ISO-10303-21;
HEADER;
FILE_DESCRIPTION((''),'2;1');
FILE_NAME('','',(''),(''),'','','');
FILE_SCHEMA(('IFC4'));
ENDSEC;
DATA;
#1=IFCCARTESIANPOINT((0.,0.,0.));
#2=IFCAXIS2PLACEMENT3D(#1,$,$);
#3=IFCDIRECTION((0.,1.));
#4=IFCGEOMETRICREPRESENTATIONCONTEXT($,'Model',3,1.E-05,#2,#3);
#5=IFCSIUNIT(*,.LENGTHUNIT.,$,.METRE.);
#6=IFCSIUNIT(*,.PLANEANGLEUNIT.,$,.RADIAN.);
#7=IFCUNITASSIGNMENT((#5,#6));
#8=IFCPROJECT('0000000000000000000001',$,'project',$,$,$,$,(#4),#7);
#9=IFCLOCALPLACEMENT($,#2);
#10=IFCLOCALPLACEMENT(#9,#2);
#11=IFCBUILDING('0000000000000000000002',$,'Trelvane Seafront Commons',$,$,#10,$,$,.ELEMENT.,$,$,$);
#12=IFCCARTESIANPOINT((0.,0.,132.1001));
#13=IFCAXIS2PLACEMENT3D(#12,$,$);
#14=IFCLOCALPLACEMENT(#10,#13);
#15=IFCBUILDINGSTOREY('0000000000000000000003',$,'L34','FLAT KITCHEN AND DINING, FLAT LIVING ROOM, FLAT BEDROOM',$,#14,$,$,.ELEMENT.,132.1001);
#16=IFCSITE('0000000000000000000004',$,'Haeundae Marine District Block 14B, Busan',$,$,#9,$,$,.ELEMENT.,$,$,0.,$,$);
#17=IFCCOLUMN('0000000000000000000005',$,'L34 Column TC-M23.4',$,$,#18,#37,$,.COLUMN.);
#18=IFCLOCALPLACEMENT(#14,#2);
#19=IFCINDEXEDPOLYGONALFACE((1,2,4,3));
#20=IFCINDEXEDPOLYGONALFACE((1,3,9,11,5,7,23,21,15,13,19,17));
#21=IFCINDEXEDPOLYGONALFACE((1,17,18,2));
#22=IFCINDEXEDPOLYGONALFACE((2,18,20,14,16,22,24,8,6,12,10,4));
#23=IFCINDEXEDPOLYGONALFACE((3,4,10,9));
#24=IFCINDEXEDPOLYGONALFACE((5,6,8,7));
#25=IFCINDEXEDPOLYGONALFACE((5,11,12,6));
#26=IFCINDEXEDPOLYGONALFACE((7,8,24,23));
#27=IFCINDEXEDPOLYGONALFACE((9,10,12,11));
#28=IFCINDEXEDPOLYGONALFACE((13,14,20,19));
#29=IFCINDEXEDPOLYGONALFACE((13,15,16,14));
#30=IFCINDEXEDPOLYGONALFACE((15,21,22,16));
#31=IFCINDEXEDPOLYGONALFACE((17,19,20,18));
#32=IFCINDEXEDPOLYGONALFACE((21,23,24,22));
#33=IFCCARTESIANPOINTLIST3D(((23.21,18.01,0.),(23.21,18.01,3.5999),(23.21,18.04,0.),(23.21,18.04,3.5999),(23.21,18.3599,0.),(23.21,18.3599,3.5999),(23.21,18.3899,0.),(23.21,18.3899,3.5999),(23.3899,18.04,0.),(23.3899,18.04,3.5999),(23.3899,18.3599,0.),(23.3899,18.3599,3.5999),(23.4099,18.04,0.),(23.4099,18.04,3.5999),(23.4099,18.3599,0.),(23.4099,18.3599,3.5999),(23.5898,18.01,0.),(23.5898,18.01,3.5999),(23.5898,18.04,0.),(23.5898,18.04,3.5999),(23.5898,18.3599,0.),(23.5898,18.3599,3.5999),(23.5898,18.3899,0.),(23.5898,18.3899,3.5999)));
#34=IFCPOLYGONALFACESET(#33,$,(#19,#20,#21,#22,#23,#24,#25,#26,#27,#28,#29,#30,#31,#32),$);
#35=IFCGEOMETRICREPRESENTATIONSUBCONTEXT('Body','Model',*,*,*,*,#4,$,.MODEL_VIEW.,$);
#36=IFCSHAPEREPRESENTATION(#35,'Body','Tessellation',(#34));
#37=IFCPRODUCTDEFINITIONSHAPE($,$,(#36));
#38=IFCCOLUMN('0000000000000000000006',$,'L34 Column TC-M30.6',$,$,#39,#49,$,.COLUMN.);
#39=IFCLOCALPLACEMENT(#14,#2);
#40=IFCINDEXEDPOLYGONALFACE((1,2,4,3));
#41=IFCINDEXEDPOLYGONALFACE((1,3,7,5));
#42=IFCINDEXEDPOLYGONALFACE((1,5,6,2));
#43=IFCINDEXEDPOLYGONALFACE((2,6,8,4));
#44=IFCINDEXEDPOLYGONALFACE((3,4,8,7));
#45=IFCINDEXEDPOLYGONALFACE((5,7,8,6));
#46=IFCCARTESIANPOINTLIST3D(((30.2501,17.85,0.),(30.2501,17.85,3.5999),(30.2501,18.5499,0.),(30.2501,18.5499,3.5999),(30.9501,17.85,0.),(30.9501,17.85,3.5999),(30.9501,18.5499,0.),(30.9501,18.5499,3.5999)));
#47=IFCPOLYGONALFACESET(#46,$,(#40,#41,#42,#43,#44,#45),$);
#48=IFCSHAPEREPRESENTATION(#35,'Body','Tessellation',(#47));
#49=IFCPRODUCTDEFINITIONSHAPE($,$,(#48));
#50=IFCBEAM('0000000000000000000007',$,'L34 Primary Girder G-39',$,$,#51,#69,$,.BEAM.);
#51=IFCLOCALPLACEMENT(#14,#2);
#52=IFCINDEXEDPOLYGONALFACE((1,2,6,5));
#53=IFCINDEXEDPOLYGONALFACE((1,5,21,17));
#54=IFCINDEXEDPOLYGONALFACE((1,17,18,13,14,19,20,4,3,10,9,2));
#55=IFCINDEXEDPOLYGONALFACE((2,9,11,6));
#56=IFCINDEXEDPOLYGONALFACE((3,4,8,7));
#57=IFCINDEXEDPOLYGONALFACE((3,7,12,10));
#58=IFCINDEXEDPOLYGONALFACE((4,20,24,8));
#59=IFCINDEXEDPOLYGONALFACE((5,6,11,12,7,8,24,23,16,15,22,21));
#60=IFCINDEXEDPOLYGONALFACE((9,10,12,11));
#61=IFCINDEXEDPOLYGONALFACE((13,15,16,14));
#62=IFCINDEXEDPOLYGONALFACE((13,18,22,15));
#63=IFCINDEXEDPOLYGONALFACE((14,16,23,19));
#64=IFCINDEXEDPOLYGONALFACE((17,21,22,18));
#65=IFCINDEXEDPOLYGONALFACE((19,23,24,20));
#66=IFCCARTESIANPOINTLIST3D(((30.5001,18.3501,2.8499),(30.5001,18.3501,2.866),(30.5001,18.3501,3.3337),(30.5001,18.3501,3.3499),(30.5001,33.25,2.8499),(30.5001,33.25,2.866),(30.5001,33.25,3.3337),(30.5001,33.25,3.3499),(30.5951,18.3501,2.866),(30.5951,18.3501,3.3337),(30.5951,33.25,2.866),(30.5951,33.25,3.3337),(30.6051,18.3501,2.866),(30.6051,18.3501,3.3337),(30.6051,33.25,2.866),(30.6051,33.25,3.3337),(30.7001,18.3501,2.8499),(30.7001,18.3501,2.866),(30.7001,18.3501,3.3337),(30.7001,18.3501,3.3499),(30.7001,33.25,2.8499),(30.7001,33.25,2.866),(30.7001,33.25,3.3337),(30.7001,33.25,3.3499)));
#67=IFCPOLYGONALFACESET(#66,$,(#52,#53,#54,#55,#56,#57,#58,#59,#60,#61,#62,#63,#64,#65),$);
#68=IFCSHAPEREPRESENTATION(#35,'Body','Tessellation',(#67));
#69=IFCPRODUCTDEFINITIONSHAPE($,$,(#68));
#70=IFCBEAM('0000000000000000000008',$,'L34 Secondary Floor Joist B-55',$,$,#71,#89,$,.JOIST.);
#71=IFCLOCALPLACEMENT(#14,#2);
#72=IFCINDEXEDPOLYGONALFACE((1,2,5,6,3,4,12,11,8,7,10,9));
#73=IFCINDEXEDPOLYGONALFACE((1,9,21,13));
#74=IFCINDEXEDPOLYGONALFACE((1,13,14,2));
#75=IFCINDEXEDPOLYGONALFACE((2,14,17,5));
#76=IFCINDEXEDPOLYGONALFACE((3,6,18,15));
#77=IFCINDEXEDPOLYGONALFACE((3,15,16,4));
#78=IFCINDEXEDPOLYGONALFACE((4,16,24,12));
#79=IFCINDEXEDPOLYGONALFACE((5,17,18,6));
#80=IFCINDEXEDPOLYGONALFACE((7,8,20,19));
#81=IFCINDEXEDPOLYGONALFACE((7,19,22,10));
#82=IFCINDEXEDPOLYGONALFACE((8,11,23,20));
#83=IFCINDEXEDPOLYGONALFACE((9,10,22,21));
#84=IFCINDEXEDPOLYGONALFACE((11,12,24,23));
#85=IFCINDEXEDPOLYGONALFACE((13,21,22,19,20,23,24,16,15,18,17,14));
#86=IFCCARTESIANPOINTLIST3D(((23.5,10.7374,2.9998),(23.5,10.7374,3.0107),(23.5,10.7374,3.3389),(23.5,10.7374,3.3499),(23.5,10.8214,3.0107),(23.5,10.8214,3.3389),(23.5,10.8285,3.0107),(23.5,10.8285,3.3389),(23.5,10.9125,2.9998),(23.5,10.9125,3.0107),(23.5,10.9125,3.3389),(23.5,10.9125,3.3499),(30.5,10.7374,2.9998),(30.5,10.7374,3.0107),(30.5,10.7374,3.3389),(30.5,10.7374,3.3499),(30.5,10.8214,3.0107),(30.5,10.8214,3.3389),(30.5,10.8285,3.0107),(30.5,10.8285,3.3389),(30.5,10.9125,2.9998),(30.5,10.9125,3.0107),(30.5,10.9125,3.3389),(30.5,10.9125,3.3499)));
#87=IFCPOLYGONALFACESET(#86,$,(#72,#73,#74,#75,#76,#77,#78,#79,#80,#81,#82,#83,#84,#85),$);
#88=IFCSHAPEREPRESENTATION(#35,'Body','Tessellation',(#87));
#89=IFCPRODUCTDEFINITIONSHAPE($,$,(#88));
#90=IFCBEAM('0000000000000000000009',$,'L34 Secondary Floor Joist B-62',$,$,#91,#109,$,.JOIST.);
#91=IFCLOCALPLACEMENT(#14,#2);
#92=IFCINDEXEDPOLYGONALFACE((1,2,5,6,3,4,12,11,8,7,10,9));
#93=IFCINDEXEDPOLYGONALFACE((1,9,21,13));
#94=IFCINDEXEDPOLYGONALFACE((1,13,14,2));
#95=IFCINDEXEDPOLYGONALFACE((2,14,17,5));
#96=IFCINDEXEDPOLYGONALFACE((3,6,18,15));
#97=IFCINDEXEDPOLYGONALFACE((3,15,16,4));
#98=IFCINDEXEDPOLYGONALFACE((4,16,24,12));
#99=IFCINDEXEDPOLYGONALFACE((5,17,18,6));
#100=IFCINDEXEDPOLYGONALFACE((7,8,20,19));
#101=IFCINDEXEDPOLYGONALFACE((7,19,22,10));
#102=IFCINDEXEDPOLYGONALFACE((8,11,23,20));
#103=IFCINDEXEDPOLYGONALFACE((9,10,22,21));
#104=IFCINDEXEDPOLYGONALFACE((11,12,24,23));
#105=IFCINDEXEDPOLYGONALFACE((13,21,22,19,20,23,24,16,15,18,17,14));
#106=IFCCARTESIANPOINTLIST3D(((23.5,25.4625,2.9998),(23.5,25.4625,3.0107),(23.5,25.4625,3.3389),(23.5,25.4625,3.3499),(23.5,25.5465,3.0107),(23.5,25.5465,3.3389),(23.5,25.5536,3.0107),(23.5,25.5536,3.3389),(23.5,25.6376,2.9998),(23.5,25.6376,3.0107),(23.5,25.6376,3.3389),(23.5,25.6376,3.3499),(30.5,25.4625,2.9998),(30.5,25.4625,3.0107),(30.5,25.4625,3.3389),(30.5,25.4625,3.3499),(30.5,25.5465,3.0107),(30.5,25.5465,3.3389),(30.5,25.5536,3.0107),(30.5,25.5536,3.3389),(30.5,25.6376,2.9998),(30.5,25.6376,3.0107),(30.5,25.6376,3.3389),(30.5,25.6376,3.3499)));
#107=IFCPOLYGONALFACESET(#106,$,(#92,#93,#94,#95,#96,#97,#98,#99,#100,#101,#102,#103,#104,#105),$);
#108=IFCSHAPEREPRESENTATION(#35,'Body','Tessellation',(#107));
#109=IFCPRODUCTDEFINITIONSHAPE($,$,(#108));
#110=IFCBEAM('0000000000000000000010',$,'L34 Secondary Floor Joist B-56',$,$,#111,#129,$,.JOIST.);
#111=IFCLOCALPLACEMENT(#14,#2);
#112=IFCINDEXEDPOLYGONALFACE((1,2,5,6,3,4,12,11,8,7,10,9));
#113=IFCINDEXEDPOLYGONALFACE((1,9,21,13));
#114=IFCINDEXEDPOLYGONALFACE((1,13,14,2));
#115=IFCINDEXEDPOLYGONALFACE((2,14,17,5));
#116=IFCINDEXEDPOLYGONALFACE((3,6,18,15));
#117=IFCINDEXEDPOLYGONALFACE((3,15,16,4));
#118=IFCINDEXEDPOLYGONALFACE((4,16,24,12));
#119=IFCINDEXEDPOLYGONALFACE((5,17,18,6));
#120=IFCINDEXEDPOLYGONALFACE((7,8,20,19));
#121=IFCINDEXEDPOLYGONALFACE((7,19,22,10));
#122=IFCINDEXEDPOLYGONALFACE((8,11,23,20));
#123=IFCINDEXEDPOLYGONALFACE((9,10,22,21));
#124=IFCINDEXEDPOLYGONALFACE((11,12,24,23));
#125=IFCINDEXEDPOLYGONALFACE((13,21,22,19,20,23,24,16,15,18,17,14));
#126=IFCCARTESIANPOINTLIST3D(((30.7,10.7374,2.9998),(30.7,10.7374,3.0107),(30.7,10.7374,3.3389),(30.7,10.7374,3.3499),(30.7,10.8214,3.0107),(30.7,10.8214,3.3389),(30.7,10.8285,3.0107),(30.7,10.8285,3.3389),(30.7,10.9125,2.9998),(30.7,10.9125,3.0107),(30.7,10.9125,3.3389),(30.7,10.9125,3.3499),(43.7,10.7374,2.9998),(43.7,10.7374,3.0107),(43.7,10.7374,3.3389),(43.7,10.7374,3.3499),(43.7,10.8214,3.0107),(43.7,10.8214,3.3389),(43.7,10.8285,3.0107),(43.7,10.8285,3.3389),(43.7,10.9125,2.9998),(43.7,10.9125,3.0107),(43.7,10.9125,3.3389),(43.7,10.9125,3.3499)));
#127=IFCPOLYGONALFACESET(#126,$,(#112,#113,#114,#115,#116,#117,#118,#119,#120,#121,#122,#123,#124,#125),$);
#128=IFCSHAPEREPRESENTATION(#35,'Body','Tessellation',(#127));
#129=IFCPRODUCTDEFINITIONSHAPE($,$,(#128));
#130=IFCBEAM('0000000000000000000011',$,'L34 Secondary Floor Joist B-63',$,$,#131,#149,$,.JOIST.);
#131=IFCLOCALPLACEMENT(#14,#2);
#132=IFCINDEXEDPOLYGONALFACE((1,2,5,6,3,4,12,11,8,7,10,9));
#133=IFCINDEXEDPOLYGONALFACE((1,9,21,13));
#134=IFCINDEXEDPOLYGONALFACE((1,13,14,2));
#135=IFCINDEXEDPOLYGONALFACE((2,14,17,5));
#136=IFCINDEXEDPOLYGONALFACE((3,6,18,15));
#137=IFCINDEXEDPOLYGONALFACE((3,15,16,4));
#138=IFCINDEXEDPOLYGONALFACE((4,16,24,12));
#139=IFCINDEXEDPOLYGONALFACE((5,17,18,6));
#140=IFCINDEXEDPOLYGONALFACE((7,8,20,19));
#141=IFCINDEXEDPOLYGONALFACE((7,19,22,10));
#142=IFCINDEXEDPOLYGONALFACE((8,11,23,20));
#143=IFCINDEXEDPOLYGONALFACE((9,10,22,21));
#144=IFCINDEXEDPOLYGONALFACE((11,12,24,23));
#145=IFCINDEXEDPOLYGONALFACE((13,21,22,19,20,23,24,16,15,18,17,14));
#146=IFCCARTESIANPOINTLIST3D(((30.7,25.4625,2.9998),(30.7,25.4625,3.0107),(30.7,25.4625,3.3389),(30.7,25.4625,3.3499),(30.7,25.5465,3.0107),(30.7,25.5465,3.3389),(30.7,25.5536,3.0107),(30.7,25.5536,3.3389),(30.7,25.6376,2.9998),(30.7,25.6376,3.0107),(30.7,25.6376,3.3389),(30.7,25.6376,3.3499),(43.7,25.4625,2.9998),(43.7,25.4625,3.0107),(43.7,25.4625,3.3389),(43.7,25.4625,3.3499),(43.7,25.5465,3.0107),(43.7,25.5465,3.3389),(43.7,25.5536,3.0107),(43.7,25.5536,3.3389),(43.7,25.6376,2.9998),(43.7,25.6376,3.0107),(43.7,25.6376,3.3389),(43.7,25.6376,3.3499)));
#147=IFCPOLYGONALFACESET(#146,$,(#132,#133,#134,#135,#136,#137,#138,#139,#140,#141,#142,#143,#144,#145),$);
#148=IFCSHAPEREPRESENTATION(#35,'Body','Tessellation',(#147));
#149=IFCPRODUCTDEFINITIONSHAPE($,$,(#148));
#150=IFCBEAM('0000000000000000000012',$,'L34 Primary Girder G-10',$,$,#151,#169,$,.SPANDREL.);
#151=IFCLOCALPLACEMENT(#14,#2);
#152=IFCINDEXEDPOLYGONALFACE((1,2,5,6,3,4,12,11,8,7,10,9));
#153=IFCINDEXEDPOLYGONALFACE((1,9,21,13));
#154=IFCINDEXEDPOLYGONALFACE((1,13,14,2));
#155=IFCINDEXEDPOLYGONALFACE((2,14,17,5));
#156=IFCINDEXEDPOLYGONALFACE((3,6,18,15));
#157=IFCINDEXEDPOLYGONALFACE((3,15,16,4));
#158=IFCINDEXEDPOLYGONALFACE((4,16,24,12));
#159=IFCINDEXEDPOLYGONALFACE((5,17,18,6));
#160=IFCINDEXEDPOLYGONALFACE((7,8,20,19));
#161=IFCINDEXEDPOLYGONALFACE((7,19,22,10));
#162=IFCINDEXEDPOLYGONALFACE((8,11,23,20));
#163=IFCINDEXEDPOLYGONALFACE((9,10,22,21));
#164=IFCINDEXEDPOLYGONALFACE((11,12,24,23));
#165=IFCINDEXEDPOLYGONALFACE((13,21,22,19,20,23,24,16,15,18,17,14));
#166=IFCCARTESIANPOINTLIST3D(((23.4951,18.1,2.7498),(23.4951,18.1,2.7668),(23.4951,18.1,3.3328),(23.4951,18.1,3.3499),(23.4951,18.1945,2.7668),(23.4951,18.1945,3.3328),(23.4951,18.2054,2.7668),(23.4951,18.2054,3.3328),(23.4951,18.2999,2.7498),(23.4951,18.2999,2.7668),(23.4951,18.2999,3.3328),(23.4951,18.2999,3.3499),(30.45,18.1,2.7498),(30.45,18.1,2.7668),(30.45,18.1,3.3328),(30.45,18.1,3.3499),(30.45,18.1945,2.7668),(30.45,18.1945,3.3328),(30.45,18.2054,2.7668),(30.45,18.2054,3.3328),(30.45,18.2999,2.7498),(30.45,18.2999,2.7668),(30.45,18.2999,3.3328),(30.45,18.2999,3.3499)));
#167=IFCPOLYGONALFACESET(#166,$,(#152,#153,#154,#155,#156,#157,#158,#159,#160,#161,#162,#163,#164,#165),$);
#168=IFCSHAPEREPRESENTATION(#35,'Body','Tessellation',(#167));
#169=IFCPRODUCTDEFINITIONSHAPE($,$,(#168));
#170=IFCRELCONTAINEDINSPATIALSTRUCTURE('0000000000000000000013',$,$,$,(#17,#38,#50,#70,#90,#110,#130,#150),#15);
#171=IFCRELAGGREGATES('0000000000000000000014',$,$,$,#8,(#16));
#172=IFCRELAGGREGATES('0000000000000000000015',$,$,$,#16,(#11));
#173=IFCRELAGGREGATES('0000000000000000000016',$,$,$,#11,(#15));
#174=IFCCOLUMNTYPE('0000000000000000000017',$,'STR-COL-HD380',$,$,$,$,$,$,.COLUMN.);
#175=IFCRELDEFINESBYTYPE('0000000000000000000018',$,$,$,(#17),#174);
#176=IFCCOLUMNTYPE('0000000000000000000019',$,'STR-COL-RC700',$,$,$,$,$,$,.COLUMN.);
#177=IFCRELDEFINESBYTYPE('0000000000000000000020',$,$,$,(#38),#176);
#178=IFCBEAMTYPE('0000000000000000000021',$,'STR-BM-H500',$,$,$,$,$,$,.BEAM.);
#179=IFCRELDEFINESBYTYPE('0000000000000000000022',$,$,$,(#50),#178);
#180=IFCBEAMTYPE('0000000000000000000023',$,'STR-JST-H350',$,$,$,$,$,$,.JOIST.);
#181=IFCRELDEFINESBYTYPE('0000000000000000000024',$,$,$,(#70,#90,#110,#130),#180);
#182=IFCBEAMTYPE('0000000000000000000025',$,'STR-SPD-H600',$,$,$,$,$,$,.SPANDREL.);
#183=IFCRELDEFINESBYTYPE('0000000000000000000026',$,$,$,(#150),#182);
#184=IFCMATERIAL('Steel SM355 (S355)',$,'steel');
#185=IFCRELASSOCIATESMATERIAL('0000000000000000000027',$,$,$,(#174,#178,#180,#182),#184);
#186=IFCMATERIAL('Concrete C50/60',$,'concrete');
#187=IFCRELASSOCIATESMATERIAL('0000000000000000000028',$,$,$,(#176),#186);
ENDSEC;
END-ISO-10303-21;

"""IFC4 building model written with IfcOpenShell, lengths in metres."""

from ifc_helpers import new_model, si_unit, direction, frame, origin, origin_2d, place, context, subcontext, project, spatial, rectangle, i_section, extrude, source, transform, mapped, material, material_profile, profile_set, type_object, element, save


model = new_model("IFC4")

# Units and contexts
model_context = context("Model", 3, precision=1e-05, world=origin(), true_north=direction((0.0, 1.0)))
body_context = subcontext(model_context, "Body", "Model", "MODEL_VIEW")
ifc_project = project(units=[si_unit("LENGTHUNIT", "METRE"), si_unit("PLANEANGLEUNIT", "RADIAN")], contexts=[model_context])

# Site, building, storey
site_placement = place(None, origin())
site = spatial("IfcSite", under=ifc_project, at=site_placement, Name="Haeundae Marine District Block 14B, Busan", CompositionType="ELEMENT", RefElevation=0.0)
building_placement = place(site_placement, origin())
building = spatial("IfcBuilding", under=site, at=building_placement, Name="Trelvane Seafront Commons", CompositionType="ELEMENT")
storey_placement = place(building_placement, frame((0.0, 0.0, 132.1001)))
storey = spatial("IfcBuildingStorey", under=building, at=storey_placement, Name="L34", Description="FLAT KITCHEN AND DINING, FLAT LIVING ROOM, FLAT BEDROOM", CompositionType="ELEMENT", Elevation=132.1001)

# Columns
ifc_material_1 = material(Name="Steel SM355 (S355)", Category="steel")
ifc_material_profile_1 = material_profile(ifc_material_1, i_section(OverallWidth=0.3799, OverallDepth=0.3799, WebThickness=0.02, FlangeThickness=0.03, at=origin_2d()), Name="HD-380x380x20x30")
ifc_profile_set_1 = profile_set([ifc_material_profile_1], Name="Steel SM355 (S355)")
column_type_1 = type_object("IfcColumnType", Name="STR-COL-HD380", PredefinedType="COLUMN", material=ifc_profile_set_1)
shared_shape_1 = source(origin(), body_context, "Body", "SweptSolid", [
    extrude(i_section(OverallWidth=0.3799, OverallDepth=0.3799, WebThickness=0.02, FlangeThickness=0.03, at=origin_2d()), origin(), (0.0, 0.0, 1.0), 3.5999),
])
column_1_placement = place(storey_placement, frame((23.3999, 18.2, 0.0), z_axis=(0.0, 0.0, 1.0), x_axis=(1.0, 0.0, 0.0)))
element("IfcColumn", 1, at=column_1_placement, inside=storey, type_object=column_type_1, Name="L34 Column TC-M23.4", PredefinedType="COLUMN", context=body_context, shape_type="MappedRepresentation", body=[
    mapped(shared_shape_1, transform((0.0, 0.0, 0.0), x_axis=(1.0, 0.0, 0.0), y_axis=(0.0, 1.0, 0.0), z_axis=(0.0, 0.0, 1.0), scale=1.0)),
])
ifc_material_2 = material(Name="Concrete C50/60", Category="concrete")
ifc_material_profile_2 = material_profile(ifc_material_2, rectangle(XDim=0.7, YDim=0.7, at=origin_2d()), Name="RC-700x700")
ifc_profile_set_2 = profile_set([ifc_material_profile_2], Name="Concrete C50/60")
column_type_2 = type_object("IfcColumnType", Name="STR-COL-RC700", PredefinedType="COLUMN", material=ifc_profile_set_2)
shared_shape_2 = source(origin(), body_context, "Body", "SweptSolid", [
    extrude(rectangle(XDim=0.7, YDim=0.7, at=origin_2d()), origin(), (0.0, 0.0, 1.0), 3.5999),
])
column_2_placement = place(storey_placement, frame((30.6001, 18.2, 0.0), z_axis=(0.0, 0.0, 1.0), x_axis=(1.0, 0.0, 0.0)))
element("IfcColumn", 2, at=column_2_placement, inside=storey, type_object=column_type_2, Name="L34 Column TC-M30.6", PredefinedType="COLUMN", context=body_context, shape_type="MappedRepresentation", body=[
    mapped(shared_shape_2, transform((0.0, 0.0, 0.0), x_axis=(1.0, 0.0, 0.0), y_axis=(0.0, 1.0, 0.0), z_axis=(0.0, 0.0, 1.0), scale=1.0)),
])

# Beams
ifc_material_profile_3 = material_profile(ifc_material_1, i_section(OverallWidth=0.2, OverallDepth=0.5, WebThickness=0.01, FlangeThickness=0.0161, at=origin_2d()), Name="H-500x200x10x16")
ifc_profile_set_3 = profile_set([ifc_material_profile_3], Name="Steel SM355 (S355)")
beam_type_1 = type_object("IfcBeamType", Name="STR-BM-H500", PredefinedType="BEAM", material=ifc_profile_set_3)
shared_shape_3 = source(origin(), body_context, "Body", "SweptSolid", [
    extrude(i_section(OverallWidth=0.2, OverallDepth=0.5, WebThickness=0.01, FlangeThickness=0.0161, at=origin_2d()), origin(), (0.0, 0.0, 1.0), 14.8999),
])
beam_1_placement = place(storey_placement, frame((30.6001, 18.3501, 3.0999), z_axis=(0.0, 1.0, 0.0), x_axis=(-1.0, 0.0, 0.0)))
element("IfcBeam", 3, at=beam_1_placement, inside=storey, type_object=beam_type_1, Name="L34 Primary Girder G-39", PredefinedType="BEAM", context=body_context, shape_type="MappedRepresentation", body=[
    mapped(shared_shape_3, transform((0.0, 0.0, 0.0), x_axis=(1.0, 0.0, 0.0), y_axis=(0.0, 1.0, 0.0), z_axis=(0.0, 0.0, 1.0), scale=1.0)),
])
ifc_material_profile_4 = material_profile(ifc_material_1, i_section(OverallWidth=0.175, OverallDepth=0.3501, WebThickness=0.0071, FlangeThickness=0.011, at=origin_2d()), Name="H-350x175x7x11")
ifc_profile_set_4 = profile_set([ifc_material_profile_4], Name="Steel SM355 (S355)")
beam_type_2 = type_object("IfcBeamType", Name="STR-JST-H350", PredefinedType="JOIST", material=ifc_profile_set_4)
shared_shape_4 = source(origin(), body_context, "Body", "SweptSolid", [
    extrude(i_section(OverallWidth=0.175, OverallDepth=0.3501, WebThickness=0.0071, FlangeThickness=0.011, at=origin_2d()), origin(), (0.0, 0.0, 1.0), 7.0),
])
for number, where, z_axis, x_axis, name in (
    (4, (23.5, 10.825, 3.1748), (1.0, 0.0, 0.0), (0.0, 1.0, 0.0), "L34 Secondary Floor Joist B-55"),
    (5, (23.5, 25.55, 3.1748), (1.0, 0.0, 0.0), (0.0, 1.0, 0.0), "L34 Secondary Floor Joist B-62"),
):
    element("IfcBeam", number, at=place(storey_placement, frame(where, z_axis=z_axis, x_axis=x_axis)), inside=storey, type_object=beam_type_2, Name=name, PredefinedType="JOIST", context=body_context, shape_type="MappedRepresentation", body=[
        mapped(shared_shape_4, transform((0.0, 0.0, 0.0), x_axis=(1.0, 0.0, 0.0), y_axis=(0.0, 1.0, 0.0), z_axis=(0.0, 0.0, 1.0), scale=1.0)),
    ])
shared_shape_5 = source(origin(), body_context, "Body", "SweptSolid", [
    extrude(i_section(OverallWidth=0.175, OverallDepth=0.3501, WebThickness=0.0071, FlangeThickness=0.011, at=origin_2d()), origin(), (0.0, 0.0, 1.0), 13.0),
])
for number, where, z_axis, x_axis, name in (
    (6, (30.7, 10.825, 3.1748), (1.0, 0.0, 0.0), (0.0, 1.0, 0.0), "L34 Secondary Floor Joist B-56"),
    (7, (30.7, 25.55, 3.1748), (1.0, 0.0, 0.0), (0.0, 1.0, 0.0), "L34 Secondary Floor Joist B-63"),
):
    element("IfcBeam", number, at=place(storey_placement, frame(where, z_axis=z_axis, x_axis=x_axis)), inside=storey, type_object=beam_type_2, Name=name, PredefinedType="JOIST", context=body_context, shape_type="MappedRepresentation", body=[
        mapped(shared_shape_5, transform((0.0, 0.0, 0.0), x_axis=(1.0, 0.0, 0.0), y_axis=(0.0, 1.0, 0.0), z_axis=(0.0, 0.0, 1.0), scale=1.0)),
    ])
ifc_material_profile_5 = material_profile(ifc_material_1, i_section(OverallWidth=0.2, OverallDepth=0.6001, WebThickness=0.011, FlangeThickness=0.0171, at=origin_2d()), Name="H-600x200x11x17")
ifc_profile_set_5 = profile_set([ifc_material_profile_5], Name="Steel SM355 (S355)")
beam_type_3 = type_object("IfcBeamType", Name="STR-SPD-H600", PredefinedType="SPANDREL", material=ifc_profile_set_5)
shared_shape_6 = source(origin(), body_context, "Body", "SweptSolid", [
    extrude(i_section(OverallWidth=0.2, OverallDepth=0.6001, WebThickness=0.011, FlangeThickness=0.0171, at=origin_2d()), origin(), (0.0, 0.0, 1.0), 6.9548),
])
beam_2_placement = place(storey_placement, frame((23.4951, 18.2, 3.0498), z_axis=(1.0, 0.0, 0.0), x_axis=(0.0, 1.0, 0.0)))
element("IfcBeam", 8, at=beam_2_placement, inside=storey, type_object=beam_type_3, Name="L34 Primary Girder G-10", PredefinedType="SPANDREL", context=body_context, shape_type="MappedRepresentation", body=[
    mapped(shared_shape_6, transform((0.0, 0.0, 0.0), x_axis=(1.0, 0.0, 0.0), y_axis=(0.0, 1.0, 0.0), z_axis=(0.0, 0.0, 1.0), scale=1.0)),
])

save(model, "model.ifc")
